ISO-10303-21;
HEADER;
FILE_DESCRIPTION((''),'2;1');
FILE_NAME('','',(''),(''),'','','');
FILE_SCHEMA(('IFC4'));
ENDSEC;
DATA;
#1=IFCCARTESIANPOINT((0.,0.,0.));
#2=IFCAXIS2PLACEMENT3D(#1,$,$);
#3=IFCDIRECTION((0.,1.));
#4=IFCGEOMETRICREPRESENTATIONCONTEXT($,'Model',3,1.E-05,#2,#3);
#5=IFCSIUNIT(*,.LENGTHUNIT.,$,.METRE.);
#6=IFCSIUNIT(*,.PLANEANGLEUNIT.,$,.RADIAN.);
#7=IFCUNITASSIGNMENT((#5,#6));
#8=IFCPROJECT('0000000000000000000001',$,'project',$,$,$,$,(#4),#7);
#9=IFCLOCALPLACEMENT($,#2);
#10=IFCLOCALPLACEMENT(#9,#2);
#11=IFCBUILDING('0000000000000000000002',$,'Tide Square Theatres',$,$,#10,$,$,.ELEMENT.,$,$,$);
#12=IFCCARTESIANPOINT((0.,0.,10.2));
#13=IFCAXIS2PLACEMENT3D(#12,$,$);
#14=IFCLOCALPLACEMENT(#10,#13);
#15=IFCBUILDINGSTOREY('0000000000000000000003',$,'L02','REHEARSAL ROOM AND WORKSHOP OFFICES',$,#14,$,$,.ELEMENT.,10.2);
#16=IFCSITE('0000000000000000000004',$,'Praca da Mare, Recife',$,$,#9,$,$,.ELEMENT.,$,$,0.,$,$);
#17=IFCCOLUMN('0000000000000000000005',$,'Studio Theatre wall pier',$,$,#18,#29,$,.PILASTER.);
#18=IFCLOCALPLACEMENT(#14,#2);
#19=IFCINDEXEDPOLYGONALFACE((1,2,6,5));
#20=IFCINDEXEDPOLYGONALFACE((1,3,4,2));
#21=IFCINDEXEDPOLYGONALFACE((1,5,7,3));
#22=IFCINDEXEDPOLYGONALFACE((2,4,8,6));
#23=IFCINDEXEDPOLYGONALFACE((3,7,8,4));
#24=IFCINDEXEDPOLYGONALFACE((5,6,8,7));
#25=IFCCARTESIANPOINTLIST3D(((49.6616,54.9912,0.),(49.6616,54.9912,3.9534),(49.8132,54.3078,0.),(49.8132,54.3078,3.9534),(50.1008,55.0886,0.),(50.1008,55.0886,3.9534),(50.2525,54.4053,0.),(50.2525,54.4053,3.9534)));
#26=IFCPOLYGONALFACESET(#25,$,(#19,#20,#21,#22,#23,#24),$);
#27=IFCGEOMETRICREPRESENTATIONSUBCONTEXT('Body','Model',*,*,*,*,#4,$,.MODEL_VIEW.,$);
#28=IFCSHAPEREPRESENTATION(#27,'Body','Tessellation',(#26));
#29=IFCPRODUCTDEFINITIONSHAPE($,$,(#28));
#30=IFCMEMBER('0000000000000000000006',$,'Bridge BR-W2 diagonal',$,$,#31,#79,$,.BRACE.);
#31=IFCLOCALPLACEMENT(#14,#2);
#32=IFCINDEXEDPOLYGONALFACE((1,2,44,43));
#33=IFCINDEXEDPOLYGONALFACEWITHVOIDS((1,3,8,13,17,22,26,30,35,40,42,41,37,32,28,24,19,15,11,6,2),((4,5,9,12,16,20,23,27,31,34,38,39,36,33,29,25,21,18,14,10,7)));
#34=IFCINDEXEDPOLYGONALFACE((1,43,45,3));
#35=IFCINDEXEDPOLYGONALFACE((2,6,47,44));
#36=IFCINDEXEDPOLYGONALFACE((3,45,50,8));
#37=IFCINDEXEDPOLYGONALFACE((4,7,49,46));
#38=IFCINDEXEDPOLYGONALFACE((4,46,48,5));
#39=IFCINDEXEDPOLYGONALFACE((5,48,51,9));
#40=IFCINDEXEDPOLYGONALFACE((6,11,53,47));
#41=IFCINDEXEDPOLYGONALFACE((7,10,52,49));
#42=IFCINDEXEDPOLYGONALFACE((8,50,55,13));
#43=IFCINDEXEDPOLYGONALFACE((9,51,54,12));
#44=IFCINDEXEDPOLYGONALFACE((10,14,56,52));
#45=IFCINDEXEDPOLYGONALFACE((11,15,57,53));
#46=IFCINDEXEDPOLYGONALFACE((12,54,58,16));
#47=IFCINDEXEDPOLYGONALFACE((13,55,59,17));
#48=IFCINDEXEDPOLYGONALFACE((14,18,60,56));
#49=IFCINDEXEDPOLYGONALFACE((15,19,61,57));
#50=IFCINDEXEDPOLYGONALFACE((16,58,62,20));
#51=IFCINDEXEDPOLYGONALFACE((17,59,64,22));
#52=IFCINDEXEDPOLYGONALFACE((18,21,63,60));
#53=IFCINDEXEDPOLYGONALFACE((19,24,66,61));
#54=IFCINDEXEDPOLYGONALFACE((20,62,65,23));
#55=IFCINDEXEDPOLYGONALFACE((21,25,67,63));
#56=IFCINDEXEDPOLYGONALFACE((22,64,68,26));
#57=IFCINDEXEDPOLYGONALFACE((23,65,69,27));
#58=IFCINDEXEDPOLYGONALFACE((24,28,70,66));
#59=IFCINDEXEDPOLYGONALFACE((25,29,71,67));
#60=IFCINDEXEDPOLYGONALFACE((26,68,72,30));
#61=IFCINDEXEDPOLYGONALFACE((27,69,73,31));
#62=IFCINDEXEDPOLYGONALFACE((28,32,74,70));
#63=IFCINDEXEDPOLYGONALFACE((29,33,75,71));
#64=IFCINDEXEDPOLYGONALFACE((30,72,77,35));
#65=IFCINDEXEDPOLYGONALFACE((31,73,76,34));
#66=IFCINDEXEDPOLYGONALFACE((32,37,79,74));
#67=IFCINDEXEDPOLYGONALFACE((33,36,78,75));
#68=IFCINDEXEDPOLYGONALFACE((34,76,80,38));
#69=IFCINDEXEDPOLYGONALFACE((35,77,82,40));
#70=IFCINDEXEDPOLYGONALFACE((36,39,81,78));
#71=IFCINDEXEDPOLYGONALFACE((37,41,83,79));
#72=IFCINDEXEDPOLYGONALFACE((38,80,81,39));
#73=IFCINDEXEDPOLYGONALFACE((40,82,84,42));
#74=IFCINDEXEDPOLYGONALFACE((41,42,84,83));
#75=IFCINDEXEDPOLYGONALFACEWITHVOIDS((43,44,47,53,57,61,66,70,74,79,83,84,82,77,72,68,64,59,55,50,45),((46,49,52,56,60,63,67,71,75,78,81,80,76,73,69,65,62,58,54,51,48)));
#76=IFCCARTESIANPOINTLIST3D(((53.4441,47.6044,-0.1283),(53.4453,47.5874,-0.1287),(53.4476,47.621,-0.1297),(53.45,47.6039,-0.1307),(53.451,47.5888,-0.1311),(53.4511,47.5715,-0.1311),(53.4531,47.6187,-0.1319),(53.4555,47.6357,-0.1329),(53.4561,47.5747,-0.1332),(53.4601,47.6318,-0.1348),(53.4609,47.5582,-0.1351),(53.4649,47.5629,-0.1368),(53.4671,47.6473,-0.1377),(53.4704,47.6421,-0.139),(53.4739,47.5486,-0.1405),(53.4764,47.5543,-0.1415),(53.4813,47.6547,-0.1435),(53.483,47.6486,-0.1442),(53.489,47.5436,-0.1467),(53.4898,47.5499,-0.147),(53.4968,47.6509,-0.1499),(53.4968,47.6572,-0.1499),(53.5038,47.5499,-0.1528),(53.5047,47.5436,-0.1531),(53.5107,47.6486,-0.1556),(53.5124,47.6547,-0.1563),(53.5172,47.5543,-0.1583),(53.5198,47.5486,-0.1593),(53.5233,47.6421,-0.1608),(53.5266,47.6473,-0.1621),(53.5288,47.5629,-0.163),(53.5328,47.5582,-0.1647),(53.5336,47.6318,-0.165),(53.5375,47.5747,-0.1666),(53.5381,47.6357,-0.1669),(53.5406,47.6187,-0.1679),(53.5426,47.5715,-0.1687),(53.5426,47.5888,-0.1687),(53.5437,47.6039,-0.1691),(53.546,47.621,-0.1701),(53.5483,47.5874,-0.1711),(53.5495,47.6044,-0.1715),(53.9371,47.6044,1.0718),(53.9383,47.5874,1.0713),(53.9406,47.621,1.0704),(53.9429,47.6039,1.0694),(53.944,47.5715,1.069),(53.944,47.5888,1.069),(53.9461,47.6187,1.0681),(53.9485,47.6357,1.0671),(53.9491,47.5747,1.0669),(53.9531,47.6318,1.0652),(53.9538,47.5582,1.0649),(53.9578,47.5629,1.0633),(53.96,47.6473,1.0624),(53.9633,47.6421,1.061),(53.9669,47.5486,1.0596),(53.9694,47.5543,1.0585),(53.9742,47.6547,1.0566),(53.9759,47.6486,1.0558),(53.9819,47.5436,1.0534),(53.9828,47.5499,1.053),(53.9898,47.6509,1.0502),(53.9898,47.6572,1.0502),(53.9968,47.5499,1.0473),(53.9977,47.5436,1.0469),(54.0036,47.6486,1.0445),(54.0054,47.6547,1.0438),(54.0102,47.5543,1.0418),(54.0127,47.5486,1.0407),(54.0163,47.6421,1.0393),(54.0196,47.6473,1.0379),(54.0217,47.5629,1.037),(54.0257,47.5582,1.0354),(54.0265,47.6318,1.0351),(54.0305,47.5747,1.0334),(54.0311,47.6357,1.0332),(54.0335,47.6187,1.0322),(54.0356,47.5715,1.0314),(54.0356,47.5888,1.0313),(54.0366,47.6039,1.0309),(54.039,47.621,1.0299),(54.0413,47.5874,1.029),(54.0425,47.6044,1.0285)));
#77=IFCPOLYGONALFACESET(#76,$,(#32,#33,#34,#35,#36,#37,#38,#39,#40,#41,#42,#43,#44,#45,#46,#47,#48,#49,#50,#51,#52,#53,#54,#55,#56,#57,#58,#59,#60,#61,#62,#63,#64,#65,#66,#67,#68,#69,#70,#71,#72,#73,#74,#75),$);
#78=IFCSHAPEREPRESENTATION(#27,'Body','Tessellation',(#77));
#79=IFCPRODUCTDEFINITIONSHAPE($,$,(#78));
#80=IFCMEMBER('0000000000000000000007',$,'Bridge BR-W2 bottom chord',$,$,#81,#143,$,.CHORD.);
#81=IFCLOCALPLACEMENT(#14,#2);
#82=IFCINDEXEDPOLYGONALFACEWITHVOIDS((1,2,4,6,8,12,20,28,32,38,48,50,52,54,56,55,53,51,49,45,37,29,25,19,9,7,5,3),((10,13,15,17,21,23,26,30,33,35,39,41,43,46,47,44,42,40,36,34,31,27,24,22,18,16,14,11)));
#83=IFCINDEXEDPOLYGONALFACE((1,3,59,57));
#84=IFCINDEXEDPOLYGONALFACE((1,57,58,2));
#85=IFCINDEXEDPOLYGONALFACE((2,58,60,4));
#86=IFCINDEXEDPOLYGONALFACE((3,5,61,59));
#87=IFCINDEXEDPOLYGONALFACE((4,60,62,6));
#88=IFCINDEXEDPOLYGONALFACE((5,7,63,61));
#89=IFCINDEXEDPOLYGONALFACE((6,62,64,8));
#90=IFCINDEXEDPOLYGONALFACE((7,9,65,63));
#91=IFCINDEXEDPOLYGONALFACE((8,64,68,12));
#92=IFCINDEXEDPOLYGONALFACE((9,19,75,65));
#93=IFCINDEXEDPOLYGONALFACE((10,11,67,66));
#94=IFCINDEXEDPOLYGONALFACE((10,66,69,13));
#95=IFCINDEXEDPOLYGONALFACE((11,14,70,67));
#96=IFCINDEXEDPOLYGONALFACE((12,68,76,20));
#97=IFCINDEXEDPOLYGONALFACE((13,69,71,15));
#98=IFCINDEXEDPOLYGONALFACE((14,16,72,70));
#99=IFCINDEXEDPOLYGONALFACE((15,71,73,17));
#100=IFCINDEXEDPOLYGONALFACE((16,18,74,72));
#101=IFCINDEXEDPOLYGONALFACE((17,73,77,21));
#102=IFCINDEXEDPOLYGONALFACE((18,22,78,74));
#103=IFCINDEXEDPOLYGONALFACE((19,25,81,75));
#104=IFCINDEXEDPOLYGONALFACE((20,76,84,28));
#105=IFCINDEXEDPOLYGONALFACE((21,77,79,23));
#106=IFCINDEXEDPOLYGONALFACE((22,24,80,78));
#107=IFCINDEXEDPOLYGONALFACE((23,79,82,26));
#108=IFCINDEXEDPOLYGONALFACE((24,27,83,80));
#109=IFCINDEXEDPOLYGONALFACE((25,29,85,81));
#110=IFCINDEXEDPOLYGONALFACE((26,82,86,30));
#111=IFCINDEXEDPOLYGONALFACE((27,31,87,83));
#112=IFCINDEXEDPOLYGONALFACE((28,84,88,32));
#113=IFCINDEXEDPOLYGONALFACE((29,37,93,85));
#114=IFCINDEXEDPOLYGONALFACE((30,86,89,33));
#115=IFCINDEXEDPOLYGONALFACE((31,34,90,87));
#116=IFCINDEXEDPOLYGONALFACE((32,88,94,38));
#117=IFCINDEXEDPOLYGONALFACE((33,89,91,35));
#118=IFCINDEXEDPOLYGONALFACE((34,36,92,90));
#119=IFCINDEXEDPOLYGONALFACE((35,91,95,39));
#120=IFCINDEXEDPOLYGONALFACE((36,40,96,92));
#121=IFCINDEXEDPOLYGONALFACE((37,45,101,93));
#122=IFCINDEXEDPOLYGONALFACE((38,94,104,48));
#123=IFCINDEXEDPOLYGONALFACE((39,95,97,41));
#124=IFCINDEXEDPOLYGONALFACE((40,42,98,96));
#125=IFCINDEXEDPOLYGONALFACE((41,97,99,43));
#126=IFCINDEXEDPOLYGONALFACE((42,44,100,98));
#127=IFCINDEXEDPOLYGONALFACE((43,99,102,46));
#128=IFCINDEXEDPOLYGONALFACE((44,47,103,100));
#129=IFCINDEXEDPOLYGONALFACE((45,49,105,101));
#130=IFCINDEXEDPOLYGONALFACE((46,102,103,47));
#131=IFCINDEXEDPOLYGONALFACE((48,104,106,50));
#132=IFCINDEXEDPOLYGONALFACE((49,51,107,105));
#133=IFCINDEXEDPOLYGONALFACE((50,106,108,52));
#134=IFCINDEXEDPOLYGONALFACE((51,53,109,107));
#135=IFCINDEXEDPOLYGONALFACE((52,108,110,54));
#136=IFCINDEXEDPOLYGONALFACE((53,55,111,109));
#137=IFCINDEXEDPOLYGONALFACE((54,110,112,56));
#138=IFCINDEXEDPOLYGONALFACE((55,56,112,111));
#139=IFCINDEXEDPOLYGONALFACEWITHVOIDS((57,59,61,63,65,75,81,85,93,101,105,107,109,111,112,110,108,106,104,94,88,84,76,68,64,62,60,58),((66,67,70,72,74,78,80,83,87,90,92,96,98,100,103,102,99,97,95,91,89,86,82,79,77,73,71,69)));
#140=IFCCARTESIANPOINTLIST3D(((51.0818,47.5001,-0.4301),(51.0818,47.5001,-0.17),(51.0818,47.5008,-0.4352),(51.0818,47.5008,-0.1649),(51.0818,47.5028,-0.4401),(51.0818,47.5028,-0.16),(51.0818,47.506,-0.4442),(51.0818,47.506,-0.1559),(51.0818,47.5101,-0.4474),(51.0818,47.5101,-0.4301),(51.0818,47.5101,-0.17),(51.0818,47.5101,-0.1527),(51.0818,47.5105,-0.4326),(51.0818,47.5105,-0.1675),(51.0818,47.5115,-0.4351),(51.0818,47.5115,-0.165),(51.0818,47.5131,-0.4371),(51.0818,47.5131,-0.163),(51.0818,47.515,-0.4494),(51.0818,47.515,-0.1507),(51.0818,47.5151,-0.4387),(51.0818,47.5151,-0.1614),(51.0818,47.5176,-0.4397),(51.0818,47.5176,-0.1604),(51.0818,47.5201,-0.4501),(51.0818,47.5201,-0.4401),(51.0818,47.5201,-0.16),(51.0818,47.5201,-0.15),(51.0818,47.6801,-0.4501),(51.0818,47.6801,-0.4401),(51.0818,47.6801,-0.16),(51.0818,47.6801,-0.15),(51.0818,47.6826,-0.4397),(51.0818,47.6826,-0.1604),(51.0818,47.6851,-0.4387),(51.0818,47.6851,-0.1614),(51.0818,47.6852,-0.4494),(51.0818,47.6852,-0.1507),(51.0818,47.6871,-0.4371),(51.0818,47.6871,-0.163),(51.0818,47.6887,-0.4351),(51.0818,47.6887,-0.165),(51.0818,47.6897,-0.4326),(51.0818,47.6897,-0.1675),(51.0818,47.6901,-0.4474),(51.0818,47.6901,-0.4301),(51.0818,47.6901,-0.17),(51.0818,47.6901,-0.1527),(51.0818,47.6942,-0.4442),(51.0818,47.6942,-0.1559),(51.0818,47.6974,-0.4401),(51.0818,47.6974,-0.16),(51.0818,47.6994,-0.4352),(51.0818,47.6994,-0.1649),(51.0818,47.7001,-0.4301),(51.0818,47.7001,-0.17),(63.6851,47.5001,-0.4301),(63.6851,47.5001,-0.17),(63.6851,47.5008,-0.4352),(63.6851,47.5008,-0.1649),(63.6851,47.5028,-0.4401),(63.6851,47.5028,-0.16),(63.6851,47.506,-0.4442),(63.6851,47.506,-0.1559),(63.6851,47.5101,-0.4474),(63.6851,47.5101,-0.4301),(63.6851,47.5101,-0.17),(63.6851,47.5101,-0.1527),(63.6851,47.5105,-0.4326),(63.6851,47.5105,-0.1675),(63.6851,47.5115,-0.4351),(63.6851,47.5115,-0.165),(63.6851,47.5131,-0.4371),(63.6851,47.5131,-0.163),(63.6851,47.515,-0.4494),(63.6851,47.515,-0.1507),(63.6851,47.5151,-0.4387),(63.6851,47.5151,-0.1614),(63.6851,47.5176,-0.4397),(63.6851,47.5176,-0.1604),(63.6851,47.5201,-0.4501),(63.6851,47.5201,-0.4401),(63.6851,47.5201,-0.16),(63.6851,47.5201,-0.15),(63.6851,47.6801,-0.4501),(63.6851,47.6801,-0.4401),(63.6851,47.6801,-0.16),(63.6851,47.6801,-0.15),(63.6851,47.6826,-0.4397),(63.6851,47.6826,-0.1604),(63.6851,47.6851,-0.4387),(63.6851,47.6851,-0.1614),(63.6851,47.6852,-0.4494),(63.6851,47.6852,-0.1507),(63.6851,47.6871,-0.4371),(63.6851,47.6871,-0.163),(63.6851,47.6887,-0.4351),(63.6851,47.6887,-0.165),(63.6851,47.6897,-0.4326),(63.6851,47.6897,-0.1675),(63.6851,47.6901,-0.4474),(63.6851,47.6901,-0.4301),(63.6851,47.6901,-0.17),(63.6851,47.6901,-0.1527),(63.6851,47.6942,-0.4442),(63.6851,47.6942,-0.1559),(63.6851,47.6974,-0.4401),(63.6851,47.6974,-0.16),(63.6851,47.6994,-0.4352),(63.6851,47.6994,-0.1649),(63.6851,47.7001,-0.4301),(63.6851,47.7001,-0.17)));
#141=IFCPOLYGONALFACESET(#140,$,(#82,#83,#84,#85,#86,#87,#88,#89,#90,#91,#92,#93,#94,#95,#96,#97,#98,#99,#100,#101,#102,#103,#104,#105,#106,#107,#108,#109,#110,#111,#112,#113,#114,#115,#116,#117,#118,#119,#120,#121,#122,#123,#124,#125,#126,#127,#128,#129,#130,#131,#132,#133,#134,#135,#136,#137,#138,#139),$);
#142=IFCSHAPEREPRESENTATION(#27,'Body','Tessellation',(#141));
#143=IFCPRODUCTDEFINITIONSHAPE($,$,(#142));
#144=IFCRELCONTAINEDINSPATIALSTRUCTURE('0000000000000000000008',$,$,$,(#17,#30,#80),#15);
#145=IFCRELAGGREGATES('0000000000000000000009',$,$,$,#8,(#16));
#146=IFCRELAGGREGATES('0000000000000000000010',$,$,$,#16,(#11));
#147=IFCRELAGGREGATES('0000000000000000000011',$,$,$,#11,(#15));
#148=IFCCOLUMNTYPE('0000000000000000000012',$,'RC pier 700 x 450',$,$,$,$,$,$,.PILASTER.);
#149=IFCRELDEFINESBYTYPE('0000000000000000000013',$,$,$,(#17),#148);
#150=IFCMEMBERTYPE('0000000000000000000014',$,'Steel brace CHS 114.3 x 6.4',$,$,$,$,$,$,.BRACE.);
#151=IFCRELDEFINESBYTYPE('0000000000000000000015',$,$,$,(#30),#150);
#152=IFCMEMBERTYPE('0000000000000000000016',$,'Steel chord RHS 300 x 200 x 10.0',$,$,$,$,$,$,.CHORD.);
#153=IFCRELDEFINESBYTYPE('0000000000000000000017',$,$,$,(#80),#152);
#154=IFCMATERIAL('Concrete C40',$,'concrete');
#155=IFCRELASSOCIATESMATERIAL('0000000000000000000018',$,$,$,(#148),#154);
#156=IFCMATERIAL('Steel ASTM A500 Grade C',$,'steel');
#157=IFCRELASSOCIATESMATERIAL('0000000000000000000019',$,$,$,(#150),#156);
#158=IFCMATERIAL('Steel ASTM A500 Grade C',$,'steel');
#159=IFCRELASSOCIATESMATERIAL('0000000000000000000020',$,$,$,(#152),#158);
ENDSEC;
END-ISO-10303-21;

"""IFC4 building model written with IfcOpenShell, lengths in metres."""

from ifc_helpers import new_model, si_unit, direction, frame, origin, origin_2d, place, context, subcontext, project, spatial, rectangle, hollow_rectangle, hollow_circle, extrude, material, material_profile, profile_set, type_object, element, save


model = new_model("IFC4")

# Units and contexts
model_context = context("Model", 3, precision=1e-05, world=origin(), true_north=direction((0.0, 1.0)))
body_context = subcontext(model_context, "Body", "Model", "MODEL_VIEW")
ifc_project = project(units=[si_unit("LENGTHUNIT", "METRE"), si_unit("PLANEANGLEUNIT", "RADIAN")], contexts=[model_context])

# Site, building, storey
site_placement = place(None, origin())
site = spatial("IfcSite", under=ifc_project, at=site_placement, Name="Praca da Mare, Recife", CompositionType="ELEMENT", RefElevation=0.0)
building_placement = place(site_placement, origin())
building = spatial("IfcBuilding", under=site, at=building_placement, Name="Tide Square Theatres", CompositionType="ELEMENT")
storey_placement = place(building_placement, frame((0.0, 0.0, 10.2)))
storey = spatial("IfcBuildingStorey", under=building, at=storey_placement, Name="L02", Description="REHEARSAL ROOM AND WORKSHOP OFFICES", CompositionType="ELEMENT", Elevation=10.2)

# Column
ifc_material_1 = material(Name="Concrete C40", Category="concrete")
ifc_material_profile_1 = material_profile(ifc_material_1, rectangle(XDim=0.7, YDim=0.45, at=origin_2d()))
ifc_profile_set_1 = profile_set([ifc_material_profile_1], Name="Concrete C40")
column_type = type_object("IfcColumnType", Name="RC pier 700 x 450", PredefinedType="PILASTER", material=ifc_profile_set_1)
column_placement = place(storey_placement, frame((49.957, 54.6982, 0.0), z_axis=(0.0, 0.0, 1.0), x_axis=(-0.216641, 0.976251, 0.0)))
element("IfcColumn", 1, at=column_placement, inside=storey, type_object=column_type, Name="Studio Theatre wall pier", PredefinedType="PILASTER", context=body_context, shape_type="SweptSolid", body=[
    extrude(rectangle(XDim=0.7, YDim=0.45, at=origin_2d()), origin(), (0.0, 0.0, 1.0), 3.9534),
])

# Members
ifc_material_2 = material(Name="Steel ASTM A500 Grade C", Category="steel")
ifc_material_profile_2 = material_profile(ifc_material_2, hollow_circle(Radius=0.0571, WallThickness=0.0063, at=origin_2d()))
ifc_profile_set_2 = profile_set([ifc_material_profile_2], Name="Steel ASTM A500 Grade C")
member_type_1 = type_object("IfcMemberType", Name="Steel brace CHS 114.3 x 6.4", PredefinedType="BRACE", material=ifc_profile_set_2)
member_1_placement = place(storey_placement, frame((53.4968, 47.6001, -0.1499), z_axis=(0.379973, 0.0, 0.924997), x_axis=(0.0, 1.0, 0.0)))
element("IfcMember", 2, at=member_1_placement, inside=storey, type_object=member_type_1, Name="Bridge BR-W2 diagonal", PredefinedType="BRACE", context=body_context, shape_type="SweptSolid", body=[
    extrude(hollow_circle(Radius=0.0571, WallThickness=0.0063, at=origin_2d()), origin(), (0.0, 0.0, 1.0), 1.2974),
])
ifc_material_3 = material(Name="Steel ASTM A500 Grade C", Category="steel")
ifc_material_profile_3 = material_profile(ifc_material_3, hollow_rectangle(XDim=0.2, YDim=0.3, WallThickness=0.01, InnerFilletRadius=0.01, OuterFilletRadius=0.02, at=origin_2d()))
ifc_profile_set_3 = profile_set([ifc_material_profile_3], Name="Steel ASTM A500 Grade C")
member_type_2 = type_object("IfcMemberType", Name="Steel chord RHS 300 x 200 x 10.0", PredefinedType="CHORD", material=ifc_profile_set_3)
member_2_placement = place(storey_placement, frame((51.0818, 47.6001, -0.3), z_axis=(1.0, 0.0, 0.0), x_axis=(0.0, 1.0, 0.0)))
element("IfcMember", 3, at=member_2_placement, inside=storey, type_object=member_type_2, Name="Bridge BR-W2 bottom chord", PredefinedType="CHORD", context=body_context, shape_type="SweptSolid", body=[
    extrude(hollow_rectangle(XDim=0.2, YDim=0.3, WallThickness=0.01, InnerFilletRadius=0.01, OuterFilletRadius=0.02, at=origin_2d()), origin(), (0.0, 0.0, 1.0), 12.6033),
])

save(model, "model.ifc")
